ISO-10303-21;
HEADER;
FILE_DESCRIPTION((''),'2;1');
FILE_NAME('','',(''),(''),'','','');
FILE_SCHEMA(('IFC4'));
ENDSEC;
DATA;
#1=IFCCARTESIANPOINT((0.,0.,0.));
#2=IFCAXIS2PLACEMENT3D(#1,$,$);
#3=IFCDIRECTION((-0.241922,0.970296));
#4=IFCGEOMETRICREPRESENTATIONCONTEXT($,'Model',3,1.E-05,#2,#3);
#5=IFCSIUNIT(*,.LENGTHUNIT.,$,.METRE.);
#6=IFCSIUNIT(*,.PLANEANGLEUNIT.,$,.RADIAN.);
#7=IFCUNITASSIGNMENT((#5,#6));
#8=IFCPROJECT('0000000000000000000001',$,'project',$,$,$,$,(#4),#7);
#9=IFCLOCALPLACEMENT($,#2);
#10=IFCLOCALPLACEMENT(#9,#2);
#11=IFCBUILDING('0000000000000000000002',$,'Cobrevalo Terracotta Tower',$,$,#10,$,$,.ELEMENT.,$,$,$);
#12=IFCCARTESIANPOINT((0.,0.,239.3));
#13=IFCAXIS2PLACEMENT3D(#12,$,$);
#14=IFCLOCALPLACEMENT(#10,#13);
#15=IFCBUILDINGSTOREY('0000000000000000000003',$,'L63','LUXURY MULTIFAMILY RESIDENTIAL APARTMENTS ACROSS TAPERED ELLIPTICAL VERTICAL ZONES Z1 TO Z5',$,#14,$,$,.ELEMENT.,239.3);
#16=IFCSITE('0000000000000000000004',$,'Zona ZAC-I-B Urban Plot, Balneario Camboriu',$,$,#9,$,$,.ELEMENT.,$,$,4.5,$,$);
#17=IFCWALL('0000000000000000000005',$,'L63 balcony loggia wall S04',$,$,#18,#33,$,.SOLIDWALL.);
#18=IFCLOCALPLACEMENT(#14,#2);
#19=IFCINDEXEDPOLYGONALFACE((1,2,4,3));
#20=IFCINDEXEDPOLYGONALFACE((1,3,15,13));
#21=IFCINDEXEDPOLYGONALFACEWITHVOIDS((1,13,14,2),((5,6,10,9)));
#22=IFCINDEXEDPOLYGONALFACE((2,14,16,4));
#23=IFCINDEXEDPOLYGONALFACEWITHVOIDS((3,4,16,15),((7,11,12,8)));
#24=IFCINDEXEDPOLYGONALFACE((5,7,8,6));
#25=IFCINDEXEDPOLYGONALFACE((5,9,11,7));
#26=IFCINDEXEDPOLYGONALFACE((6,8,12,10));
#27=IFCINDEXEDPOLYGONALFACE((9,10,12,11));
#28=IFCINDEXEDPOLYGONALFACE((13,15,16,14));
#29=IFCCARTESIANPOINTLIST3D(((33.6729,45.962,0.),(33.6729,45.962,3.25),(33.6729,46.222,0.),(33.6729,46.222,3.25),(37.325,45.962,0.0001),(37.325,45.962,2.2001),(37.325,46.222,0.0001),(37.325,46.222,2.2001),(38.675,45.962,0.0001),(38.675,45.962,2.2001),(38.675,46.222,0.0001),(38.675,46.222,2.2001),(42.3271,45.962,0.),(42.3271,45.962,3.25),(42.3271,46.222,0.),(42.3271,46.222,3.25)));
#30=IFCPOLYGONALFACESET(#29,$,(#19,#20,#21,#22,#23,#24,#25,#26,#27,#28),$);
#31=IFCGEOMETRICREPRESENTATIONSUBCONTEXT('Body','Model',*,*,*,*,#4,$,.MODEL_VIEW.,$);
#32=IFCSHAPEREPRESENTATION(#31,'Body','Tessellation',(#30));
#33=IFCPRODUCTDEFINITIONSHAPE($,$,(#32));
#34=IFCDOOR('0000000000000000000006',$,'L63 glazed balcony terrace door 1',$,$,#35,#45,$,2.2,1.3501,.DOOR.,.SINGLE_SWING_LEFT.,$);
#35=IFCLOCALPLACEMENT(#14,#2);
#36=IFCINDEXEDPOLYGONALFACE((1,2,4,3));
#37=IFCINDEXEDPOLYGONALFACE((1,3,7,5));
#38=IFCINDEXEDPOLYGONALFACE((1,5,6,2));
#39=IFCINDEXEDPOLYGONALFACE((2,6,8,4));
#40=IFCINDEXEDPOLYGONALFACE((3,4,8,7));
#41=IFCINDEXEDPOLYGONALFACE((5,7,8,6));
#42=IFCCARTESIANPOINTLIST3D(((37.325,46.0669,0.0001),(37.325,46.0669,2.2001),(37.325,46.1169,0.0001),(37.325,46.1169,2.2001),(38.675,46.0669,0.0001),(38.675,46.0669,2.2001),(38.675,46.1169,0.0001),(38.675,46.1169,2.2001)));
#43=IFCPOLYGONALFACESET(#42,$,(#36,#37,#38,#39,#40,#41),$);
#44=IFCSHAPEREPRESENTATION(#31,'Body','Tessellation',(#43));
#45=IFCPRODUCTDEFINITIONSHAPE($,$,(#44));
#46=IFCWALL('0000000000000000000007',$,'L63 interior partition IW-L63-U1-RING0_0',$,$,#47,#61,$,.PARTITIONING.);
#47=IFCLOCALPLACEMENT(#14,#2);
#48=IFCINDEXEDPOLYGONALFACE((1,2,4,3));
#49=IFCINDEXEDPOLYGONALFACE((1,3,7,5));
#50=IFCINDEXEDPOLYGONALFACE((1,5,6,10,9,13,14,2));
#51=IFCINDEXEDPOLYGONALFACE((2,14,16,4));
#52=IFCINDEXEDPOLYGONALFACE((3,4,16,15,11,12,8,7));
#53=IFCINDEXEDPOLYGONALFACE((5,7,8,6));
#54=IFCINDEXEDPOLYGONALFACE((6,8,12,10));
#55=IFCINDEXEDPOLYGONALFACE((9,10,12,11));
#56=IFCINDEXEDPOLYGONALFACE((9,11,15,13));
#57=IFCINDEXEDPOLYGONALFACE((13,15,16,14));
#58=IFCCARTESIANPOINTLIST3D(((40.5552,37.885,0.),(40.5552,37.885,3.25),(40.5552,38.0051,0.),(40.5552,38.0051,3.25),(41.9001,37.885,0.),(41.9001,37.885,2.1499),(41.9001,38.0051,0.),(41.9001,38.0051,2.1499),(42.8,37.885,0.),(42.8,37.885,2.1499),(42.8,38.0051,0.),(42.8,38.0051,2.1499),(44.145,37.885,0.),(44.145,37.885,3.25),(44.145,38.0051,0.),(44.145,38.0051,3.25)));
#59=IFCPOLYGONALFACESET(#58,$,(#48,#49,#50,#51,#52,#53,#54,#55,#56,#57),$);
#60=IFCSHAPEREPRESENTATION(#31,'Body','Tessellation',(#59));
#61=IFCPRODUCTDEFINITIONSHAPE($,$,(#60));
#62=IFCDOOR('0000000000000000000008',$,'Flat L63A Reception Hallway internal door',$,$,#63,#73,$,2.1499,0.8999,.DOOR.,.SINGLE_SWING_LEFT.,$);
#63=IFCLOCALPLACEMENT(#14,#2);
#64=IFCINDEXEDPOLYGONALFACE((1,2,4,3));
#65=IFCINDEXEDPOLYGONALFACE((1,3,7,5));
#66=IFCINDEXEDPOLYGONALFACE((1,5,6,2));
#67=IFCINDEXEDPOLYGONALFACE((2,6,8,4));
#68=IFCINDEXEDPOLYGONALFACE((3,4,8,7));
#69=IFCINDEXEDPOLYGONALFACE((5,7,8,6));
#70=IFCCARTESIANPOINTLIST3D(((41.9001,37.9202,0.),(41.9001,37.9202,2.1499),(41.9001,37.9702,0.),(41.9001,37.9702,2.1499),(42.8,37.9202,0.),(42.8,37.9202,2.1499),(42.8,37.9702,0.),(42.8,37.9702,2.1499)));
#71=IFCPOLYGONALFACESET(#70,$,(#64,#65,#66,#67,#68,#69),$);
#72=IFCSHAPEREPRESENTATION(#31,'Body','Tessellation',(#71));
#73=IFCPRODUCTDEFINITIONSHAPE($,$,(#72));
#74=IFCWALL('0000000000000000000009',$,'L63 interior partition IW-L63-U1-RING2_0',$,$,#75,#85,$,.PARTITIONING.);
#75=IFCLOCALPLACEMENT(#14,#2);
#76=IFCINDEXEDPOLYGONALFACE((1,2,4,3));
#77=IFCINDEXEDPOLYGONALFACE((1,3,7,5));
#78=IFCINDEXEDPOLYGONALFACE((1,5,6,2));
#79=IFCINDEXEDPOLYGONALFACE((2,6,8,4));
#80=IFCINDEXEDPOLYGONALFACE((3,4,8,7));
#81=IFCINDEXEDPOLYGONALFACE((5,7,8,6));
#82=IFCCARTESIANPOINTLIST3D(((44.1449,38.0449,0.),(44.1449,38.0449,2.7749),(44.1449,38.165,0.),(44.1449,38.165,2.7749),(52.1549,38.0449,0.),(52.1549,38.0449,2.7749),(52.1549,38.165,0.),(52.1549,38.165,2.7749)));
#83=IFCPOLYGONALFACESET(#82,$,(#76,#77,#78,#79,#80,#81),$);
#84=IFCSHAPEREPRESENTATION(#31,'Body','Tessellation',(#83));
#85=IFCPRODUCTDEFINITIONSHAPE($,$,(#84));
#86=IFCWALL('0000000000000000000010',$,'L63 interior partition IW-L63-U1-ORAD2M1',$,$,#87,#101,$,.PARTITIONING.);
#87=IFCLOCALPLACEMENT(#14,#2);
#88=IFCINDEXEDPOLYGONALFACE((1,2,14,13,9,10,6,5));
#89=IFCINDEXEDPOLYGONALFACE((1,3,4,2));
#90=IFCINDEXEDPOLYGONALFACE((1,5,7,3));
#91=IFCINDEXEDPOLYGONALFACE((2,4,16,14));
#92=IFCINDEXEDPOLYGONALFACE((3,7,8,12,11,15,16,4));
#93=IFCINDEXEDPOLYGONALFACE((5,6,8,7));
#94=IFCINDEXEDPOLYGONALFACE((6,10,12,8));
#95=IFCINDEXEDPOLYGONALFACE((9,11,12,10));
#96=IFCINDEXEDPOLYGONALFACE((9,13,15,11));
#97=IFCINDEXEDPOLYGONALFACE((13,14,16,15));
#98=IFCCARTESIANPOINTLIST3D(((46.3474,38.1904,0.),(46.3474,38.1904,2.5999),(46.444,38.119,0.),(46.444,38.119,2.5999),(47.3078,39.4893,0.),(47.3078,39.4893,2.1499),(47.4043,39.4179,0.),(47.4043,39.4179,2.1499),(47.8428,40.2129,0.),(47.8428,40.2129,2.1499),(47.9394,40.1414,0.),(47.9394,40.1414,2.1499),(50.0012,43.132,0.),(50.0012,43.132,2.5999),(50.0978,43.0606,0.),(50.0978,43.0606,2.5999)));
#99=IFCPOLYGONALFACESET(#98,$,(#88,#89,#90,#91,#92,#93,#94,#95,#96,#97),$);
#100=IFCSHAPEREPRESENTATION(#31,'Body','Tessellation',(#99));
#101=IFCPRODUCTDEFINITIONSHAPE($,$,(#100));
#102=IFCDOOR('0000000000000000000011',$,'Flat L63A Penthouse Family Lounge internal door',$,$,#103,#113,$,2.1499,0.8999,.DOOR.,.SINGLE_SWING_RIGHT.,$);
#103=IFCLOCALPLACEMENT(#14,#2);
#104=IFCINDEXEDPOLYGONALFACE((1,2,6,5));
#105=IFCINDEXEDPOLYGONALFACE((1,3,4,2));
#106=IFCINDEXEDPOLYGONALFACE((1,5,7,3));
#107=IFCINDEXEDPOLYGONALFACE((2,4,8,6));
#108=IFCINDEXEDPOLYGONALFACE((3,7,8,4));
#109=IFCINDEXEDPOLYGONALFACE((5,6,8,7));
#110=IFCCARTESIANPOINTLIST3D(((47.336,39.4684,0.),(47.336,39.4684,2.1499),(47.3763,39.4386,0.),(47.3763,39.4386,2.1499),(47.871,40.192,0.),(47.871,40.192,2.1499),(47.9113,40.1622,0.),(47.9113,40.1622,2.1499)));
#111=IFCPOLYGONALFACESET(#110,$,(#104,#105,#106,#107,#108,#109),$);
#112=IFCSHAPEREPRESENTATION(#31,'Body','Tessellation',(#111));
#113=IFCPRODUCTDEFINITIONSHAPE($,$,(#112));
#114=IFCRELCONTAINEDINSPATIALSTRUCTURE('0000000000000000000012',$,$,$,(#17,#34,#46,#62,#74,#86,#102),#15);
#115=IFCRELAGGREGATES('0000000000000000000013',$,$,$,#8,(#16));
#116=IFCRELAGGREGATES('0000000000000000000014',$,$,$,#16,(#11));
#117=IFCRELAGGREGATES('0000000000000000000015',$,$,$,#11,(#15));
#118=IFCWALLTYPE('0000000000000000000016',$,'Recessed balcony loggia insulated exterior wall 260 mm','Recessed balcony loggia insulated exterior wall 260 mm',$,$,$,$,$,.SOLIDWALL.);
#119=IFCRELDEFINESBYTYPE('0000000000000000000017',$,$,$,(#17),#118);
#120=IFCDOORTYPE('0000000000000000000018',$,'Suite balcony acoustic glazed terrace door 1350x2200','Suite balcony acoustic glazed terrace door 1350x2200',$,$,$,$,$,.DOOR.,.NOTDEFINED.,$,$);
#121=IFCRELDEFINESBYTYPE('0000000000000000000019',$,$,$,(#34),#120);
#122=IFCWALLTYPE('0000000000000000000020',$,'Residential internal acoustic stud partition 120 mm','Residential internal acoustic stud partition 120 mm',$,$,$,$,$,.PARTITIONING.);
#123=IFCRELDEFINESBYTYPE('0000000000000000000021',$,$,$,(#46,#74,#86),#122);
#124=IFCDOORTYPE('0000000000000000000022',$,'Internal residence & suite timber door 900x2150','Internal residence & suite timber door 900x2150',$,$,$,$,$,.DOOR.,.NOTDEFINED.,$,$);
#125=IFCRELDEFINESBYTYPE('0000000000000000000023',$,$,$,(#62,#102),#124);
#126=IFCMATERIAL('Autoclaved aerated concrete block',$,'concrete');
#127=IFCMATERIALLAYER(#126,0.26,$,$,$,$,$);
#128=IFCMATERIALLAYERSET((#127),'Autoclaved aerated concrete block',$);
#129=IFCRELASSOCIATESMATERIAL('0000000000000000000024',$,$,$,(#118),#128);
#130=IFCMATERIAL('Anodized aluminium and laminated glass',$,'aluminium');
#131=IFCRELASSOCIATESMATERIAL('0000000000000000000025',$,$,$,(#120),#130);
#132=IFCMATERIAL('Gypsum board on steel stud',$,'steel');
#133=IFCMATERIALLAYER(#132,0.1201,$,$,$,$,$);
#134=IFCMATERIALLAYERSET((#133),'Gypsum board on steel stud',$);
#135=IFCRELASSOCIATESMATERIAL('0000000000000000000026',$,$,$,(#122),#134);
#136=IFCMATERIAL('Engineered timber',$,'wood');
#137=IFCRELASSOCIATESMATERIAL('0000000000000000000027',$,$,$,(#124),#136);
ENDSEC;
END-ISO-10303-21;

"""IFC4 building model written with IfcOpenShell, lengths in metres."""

from ifc_helpers import new_model, si_unit, direction, frame, frame_2d, origin, place, context, subcontext, project, spatial, rectangle, extrude, source, transform, mapped, material, layer, layer_set, type_object, element, fill, save


model = new_model("IFC4")

# Units and contexts
model_context = context("Model", 3, precision=1e-05, world=origin(), true_north=direction((-0.241922, 0.970296)))
body_context = subcontext(model_context, "Body", "Model", "MODEL_VIEW")
ifc_project = project(units=[si_unit("LENGTHUNIT", "METRE"), si_unit("PLANEANGLEUNIT", "RADIAN")], contexts=[model_context])

# Site, building, storey
site_placement = place(None, origin())
site = spatial("IfcSite", under=ifc_project, at=site_placement, Name="Zona ZAC-I-B Urban Plot, Balneario Camboriu", CompositionType="ELEMENT", RefElevation=4.5)
building_placement = place(site_placement, origin())
building = spatial("IfcBuilding", under=site, at=building_placement, Name="Cobrevalo Terracotta Tower", CompositionType="ELEMENT")
storey_placement = place(building_placement, frame((0.0, 0.0, 239.3)))
storey = spatial("IfcBuildingStorey", under=building, at=storey_placement, Name="L63", Description="LUXURY MULTIFAMILY RESIDENTIAL APARTMENTS ACROSS TAPERED ELLIPTICAL VERTICAL ZONES Z1 TO Z5", CompositionType="ELEMENT", Elevation=239.3)

# Shared definitions
ifc_material_1 = material(Name="Gypsum board on steel stud", Category="steel")
ifc_material_2 = material(Name="Autoclaved aerated concrete block", Category="concrete")

# Walls, openings, doors
ifc_layer_1 = layer(ifc_material_2, 0.26)
ifc_layer_set_1 = layer_set([ifc_layer_1], Name="Autoclaved aerated concrete block")
wall_type_1 = type_object("IfcWallType", Name="Recessed balcony loggia insulated exterior wall 260 mm", Description="Recessed balcony loggia insulated exterior wall 260 mm", PredefinedType="SOLIDWALL", material=ifc_layer_set_1)
wall_1_placement = place(storey_placement, frame((42.3271, 46.092, 0.0), z_axis=(0.0, 0.0, 1.0), x_axis=(-1.0, 0.0, 0.0)))
wall_1 = element("IfcWall", 1, at=wall_1_placement, inside=storey, type_object=wall_type_1, Name="L63 balcony loggia wall S04", PredefinedType="SOLIDWALL", context=body_context, shape_type="SweptSolid", body=[
    extrude(rectangle(XDim=8.6543, YDim=0.26, at=frame_2d((4.3271, 0.0))), origin(), (0.0, 0.0, 1.0), 3.25),
])
opening_1_placement = place(wall_1_placement, frame((3.6521, 0.0, 0.0)))
opening_1 = element("IfcOpeningElement", 2, at=opening_1_placement, cuts=wall_1, PredefinedType="OPENING", context=body_context, shape_type="SweptSolid", body=[
    extrude(rectangle(XDim=1.3501, YDim=2.2, at=frame_2d((0.675, 1.1001))), frame((0.0, 0.1401, 0.0), z_axis=(0.0, -1.0, 0.0), x_axis=(1.0, 0.0, 0.0)), (0.0, 0.0, 1.0), 0.28),
])
ifc_material_3 = material(Name="Anodized aluminium and laminated glass", Category="aluminium")
door_type_1 = type_object("IfcDoorType", Name="Suite balcony acoustic glazed terrace door 1350x2200", Description="Suite balcony acoustic glazed terrace door 1350x2200", OperationType="NOTDEFINED", PredefinedType="DOOR", material=ifc_material_3)
shared_shape_1 = source(origin(), body_context, "Body", "SweptSolid", [
    extrude(rectangle(XDim=1.3501, YDim=2.2, at=frame_2d((0.675, 1.1001))), frame((0.0, 0.0249, 0.0), z_axis=(0.0, -1.0, 0.0), x_axis=(1.0, 0.0, 0.0)), (0.0, 0.0, 1.0), 0.05),
])
door_1_placement = place(opening_1_placement, frame((1.3501, 0.0, 0.0), z_axis=(0.0, 0.0, 1.0), x_axis=(-1.0, 0.0, 0.0)))
door_1 = element("IfcDoor", 3, at=door_1_placement, inside=storey, type_object=door_type_1, Name="L63 glazed balcony terrace door 1", OperationType="SINGLE_SWING_LEFT", OverallHeight=2.2, OverallWidth=1.3501, PredefinedType="DOOR", context=body_context, shape_type="MappedRepresentation", body=[
    mapped(shared_shape_1, transform((0.0, 0.0, 0.0), scale=1.0)),
])
fill(opening_1, door_1)
ifc_layer_2 = layer(ifc_material_1, 0.1201)
ifc_layer_set_2 = layer_set([ifc_layer_2], Name="Gypsum board on steel stud")
wall_type_2 = type_object("IfcWallType", Name="Residential internal acoustic stud partition 120 mm", Description="Residential internal acoustic stud partition 120 mm", PredefinedType="PARTITIONING", material=ifc_layer_set_2)
wall_2_placement = place(storey_placement, frame((40.5552, 37.9451, 0.0), z_axis=(0.0, 0.0, 1.0), x_axis=(1.0, 0.0, 0.0)))
wall_2 = element("IfcWall", 4, at=wall_2_placement, inside=storey, type_object=wall_type_2, Name="L63 interior partition IW-L63-U1-RING0_0", PredefinedType="PARTITIONING", context=body_context, shape_type="SweptSolid", body=[
    extrude(rectangle(XDim=3.5898, YDim=0.1201, at=frame_2d((1.7949, 0.0))), origin(), (0.0, 0.0, 1.0), 3.25),
])
opening_2_placement = place(wall_2_placement, frame((1.345, 0.0, 0.0)))
opening_2 = element("IfcOpeningElement", 5, at=opening_2_placement, cuts=wall_2, PredefinedType="OPENING", context=body_context, shape_type="SweptSolid", body=[
    extrude(rectangle(XDim=0.8999, YDim=2.1499, at=frame_2d((0.45, 1.075))), frame((0.0, 0.0701, 0.0), z_axis=(0.0, -1.0, 0.0), x_axis=(1.0, 0.0, 0.0)), (0.0, 0.0, 1.0), 0.1401),
])
ifc_material_4 = material(Name="Engineered timber", Category="wood")
door_type_2 = type_object("IfcDoorType", Name="Internal residence & suite timber door 900x2150", Description="Internal residence & suite timber door 900x2150", OperationType="NOTDEFINED", PredefinedType="DOOR", material=ifc_material_4)
shared_shape_2 = source(origin(), body_context, "Body", "SweptSolid", [
    extrude(rectangle(XDim=0.8999, YDim=2.1499, at=frame_2d((0.45, 1.075))), frame((0.0, 0.0249, 0.0), z_axis=(0.0, -1.0, 0.0), x_axis=(1.0, 0.0, 0.0)), (0.0, 0.0, 1.0), 0.05),
])
door_2_placement = place(opening_2_placement, frame((0.8999, 0.0, 0.0), z_axis=(0.0, 0.0, 1.0), x_axis=(-1.0, 0.0, 0.0)))
door_2 = element("IfcDoor", 6, at=door_2_placement, inside=storey, type_object=door_type_2, Name="Flat L63A Reception Hallway internal door", OperationType="SINGLE_SWING_LEFT", OverallHeight=2.1499, OverallWidth=0.8999, PredefinedType="DOOR", context=body_context, shape_type="MappedRepresentation", body=[
    mapped(shared_shape_2, transform((0.0, 0.0, 0.0), scale=1.0)),
])
fill(opening_2, door_2)

# Wall
wall_3_placement = place(storey_placement, frame((44.145, 38.105, 0.0), z_axis=(0.0, 0.0, 1.0), x_axis=(1.0, 0.0, 0.0)))
element("IfcWall", 7, at=wall_3_placement, inside=storey, type_object=wall_type_2, Name="L63 interior partition IW-L63-U1-RING2_0", PredefinedType="PARTITIONING", context=body_context, shape_type="SweptSolid", body=[
    extrude(rectangle(XDim=8.01, YDim=0.1201, at=frame_2d((4.0049, 0.0))), origin(), (0.0, 0.0, 1.0), 2.7749),
])

# Wall, opening, door
wall_4_placement = place(storey_placement, frame((46.3958, 38.1548, 0.0), z_axis=(0.0, 0.0, 1.0), x_axis=(0.594526, 0.804076, 0.0)))
wall_4 = element("IfcWall", 8, at=wall_4_placement, inside=storey, type_object=wall_type_2, Name="L63 interior partition IW-L63-U1-ORAD2M1", PredefinedType="PARTITIONING", context=body_context, shape_type="SweptSolid", body=[
    extrude(rectangle(XDim=6.1458, YDim=0.1201, at=frame_2d((3.0728, 0.0))), origin(), (0.0, 0.0, 1.0), 2.5999),
])
opening_3_placement = place(wall_4_placement, frame((1.6152, 0.0, 0.0)))
opening_3 = element("IfcOpeningElement", 9, at=opening_3_placement, cuts=wall_4, PredefinedType="OPENING", context=body_context, shape_type="SweptSolid", body=[
    extrude(rectangle(XDim=0.8999, YDim=2.1499, at=frame_2d((0.45, 1.075))), frame((0.0, 0.0701, 0.0), z_axis=(0.0, -1.0, 0.0), x_axis=(1.0, 0.0, 0.0)), (0.0, 0.0, 1.0), 0.1401),
])
door_3_placement = place(opening_3_placement, origin())
door_3 = element("IfcDoor", 10, at=door_3_placement, inside=storey, type_object=door_type_2, Name="Flat L63A Penthouse Family Lounge internal door", OperationType="SINGLE_SWING_RIGHT", OverallHeight=2.1499, OverallWidth=0.8999, PredefinedType="DOOR", context=body_context, shape_type="MappedRepresentation", body=[
    mapped(shared_shape_2, transform((0.0, 0.0, 0.0), scale=1.0)),
])
fill(opening_3, door_3)

save(model, "model.ifc")
